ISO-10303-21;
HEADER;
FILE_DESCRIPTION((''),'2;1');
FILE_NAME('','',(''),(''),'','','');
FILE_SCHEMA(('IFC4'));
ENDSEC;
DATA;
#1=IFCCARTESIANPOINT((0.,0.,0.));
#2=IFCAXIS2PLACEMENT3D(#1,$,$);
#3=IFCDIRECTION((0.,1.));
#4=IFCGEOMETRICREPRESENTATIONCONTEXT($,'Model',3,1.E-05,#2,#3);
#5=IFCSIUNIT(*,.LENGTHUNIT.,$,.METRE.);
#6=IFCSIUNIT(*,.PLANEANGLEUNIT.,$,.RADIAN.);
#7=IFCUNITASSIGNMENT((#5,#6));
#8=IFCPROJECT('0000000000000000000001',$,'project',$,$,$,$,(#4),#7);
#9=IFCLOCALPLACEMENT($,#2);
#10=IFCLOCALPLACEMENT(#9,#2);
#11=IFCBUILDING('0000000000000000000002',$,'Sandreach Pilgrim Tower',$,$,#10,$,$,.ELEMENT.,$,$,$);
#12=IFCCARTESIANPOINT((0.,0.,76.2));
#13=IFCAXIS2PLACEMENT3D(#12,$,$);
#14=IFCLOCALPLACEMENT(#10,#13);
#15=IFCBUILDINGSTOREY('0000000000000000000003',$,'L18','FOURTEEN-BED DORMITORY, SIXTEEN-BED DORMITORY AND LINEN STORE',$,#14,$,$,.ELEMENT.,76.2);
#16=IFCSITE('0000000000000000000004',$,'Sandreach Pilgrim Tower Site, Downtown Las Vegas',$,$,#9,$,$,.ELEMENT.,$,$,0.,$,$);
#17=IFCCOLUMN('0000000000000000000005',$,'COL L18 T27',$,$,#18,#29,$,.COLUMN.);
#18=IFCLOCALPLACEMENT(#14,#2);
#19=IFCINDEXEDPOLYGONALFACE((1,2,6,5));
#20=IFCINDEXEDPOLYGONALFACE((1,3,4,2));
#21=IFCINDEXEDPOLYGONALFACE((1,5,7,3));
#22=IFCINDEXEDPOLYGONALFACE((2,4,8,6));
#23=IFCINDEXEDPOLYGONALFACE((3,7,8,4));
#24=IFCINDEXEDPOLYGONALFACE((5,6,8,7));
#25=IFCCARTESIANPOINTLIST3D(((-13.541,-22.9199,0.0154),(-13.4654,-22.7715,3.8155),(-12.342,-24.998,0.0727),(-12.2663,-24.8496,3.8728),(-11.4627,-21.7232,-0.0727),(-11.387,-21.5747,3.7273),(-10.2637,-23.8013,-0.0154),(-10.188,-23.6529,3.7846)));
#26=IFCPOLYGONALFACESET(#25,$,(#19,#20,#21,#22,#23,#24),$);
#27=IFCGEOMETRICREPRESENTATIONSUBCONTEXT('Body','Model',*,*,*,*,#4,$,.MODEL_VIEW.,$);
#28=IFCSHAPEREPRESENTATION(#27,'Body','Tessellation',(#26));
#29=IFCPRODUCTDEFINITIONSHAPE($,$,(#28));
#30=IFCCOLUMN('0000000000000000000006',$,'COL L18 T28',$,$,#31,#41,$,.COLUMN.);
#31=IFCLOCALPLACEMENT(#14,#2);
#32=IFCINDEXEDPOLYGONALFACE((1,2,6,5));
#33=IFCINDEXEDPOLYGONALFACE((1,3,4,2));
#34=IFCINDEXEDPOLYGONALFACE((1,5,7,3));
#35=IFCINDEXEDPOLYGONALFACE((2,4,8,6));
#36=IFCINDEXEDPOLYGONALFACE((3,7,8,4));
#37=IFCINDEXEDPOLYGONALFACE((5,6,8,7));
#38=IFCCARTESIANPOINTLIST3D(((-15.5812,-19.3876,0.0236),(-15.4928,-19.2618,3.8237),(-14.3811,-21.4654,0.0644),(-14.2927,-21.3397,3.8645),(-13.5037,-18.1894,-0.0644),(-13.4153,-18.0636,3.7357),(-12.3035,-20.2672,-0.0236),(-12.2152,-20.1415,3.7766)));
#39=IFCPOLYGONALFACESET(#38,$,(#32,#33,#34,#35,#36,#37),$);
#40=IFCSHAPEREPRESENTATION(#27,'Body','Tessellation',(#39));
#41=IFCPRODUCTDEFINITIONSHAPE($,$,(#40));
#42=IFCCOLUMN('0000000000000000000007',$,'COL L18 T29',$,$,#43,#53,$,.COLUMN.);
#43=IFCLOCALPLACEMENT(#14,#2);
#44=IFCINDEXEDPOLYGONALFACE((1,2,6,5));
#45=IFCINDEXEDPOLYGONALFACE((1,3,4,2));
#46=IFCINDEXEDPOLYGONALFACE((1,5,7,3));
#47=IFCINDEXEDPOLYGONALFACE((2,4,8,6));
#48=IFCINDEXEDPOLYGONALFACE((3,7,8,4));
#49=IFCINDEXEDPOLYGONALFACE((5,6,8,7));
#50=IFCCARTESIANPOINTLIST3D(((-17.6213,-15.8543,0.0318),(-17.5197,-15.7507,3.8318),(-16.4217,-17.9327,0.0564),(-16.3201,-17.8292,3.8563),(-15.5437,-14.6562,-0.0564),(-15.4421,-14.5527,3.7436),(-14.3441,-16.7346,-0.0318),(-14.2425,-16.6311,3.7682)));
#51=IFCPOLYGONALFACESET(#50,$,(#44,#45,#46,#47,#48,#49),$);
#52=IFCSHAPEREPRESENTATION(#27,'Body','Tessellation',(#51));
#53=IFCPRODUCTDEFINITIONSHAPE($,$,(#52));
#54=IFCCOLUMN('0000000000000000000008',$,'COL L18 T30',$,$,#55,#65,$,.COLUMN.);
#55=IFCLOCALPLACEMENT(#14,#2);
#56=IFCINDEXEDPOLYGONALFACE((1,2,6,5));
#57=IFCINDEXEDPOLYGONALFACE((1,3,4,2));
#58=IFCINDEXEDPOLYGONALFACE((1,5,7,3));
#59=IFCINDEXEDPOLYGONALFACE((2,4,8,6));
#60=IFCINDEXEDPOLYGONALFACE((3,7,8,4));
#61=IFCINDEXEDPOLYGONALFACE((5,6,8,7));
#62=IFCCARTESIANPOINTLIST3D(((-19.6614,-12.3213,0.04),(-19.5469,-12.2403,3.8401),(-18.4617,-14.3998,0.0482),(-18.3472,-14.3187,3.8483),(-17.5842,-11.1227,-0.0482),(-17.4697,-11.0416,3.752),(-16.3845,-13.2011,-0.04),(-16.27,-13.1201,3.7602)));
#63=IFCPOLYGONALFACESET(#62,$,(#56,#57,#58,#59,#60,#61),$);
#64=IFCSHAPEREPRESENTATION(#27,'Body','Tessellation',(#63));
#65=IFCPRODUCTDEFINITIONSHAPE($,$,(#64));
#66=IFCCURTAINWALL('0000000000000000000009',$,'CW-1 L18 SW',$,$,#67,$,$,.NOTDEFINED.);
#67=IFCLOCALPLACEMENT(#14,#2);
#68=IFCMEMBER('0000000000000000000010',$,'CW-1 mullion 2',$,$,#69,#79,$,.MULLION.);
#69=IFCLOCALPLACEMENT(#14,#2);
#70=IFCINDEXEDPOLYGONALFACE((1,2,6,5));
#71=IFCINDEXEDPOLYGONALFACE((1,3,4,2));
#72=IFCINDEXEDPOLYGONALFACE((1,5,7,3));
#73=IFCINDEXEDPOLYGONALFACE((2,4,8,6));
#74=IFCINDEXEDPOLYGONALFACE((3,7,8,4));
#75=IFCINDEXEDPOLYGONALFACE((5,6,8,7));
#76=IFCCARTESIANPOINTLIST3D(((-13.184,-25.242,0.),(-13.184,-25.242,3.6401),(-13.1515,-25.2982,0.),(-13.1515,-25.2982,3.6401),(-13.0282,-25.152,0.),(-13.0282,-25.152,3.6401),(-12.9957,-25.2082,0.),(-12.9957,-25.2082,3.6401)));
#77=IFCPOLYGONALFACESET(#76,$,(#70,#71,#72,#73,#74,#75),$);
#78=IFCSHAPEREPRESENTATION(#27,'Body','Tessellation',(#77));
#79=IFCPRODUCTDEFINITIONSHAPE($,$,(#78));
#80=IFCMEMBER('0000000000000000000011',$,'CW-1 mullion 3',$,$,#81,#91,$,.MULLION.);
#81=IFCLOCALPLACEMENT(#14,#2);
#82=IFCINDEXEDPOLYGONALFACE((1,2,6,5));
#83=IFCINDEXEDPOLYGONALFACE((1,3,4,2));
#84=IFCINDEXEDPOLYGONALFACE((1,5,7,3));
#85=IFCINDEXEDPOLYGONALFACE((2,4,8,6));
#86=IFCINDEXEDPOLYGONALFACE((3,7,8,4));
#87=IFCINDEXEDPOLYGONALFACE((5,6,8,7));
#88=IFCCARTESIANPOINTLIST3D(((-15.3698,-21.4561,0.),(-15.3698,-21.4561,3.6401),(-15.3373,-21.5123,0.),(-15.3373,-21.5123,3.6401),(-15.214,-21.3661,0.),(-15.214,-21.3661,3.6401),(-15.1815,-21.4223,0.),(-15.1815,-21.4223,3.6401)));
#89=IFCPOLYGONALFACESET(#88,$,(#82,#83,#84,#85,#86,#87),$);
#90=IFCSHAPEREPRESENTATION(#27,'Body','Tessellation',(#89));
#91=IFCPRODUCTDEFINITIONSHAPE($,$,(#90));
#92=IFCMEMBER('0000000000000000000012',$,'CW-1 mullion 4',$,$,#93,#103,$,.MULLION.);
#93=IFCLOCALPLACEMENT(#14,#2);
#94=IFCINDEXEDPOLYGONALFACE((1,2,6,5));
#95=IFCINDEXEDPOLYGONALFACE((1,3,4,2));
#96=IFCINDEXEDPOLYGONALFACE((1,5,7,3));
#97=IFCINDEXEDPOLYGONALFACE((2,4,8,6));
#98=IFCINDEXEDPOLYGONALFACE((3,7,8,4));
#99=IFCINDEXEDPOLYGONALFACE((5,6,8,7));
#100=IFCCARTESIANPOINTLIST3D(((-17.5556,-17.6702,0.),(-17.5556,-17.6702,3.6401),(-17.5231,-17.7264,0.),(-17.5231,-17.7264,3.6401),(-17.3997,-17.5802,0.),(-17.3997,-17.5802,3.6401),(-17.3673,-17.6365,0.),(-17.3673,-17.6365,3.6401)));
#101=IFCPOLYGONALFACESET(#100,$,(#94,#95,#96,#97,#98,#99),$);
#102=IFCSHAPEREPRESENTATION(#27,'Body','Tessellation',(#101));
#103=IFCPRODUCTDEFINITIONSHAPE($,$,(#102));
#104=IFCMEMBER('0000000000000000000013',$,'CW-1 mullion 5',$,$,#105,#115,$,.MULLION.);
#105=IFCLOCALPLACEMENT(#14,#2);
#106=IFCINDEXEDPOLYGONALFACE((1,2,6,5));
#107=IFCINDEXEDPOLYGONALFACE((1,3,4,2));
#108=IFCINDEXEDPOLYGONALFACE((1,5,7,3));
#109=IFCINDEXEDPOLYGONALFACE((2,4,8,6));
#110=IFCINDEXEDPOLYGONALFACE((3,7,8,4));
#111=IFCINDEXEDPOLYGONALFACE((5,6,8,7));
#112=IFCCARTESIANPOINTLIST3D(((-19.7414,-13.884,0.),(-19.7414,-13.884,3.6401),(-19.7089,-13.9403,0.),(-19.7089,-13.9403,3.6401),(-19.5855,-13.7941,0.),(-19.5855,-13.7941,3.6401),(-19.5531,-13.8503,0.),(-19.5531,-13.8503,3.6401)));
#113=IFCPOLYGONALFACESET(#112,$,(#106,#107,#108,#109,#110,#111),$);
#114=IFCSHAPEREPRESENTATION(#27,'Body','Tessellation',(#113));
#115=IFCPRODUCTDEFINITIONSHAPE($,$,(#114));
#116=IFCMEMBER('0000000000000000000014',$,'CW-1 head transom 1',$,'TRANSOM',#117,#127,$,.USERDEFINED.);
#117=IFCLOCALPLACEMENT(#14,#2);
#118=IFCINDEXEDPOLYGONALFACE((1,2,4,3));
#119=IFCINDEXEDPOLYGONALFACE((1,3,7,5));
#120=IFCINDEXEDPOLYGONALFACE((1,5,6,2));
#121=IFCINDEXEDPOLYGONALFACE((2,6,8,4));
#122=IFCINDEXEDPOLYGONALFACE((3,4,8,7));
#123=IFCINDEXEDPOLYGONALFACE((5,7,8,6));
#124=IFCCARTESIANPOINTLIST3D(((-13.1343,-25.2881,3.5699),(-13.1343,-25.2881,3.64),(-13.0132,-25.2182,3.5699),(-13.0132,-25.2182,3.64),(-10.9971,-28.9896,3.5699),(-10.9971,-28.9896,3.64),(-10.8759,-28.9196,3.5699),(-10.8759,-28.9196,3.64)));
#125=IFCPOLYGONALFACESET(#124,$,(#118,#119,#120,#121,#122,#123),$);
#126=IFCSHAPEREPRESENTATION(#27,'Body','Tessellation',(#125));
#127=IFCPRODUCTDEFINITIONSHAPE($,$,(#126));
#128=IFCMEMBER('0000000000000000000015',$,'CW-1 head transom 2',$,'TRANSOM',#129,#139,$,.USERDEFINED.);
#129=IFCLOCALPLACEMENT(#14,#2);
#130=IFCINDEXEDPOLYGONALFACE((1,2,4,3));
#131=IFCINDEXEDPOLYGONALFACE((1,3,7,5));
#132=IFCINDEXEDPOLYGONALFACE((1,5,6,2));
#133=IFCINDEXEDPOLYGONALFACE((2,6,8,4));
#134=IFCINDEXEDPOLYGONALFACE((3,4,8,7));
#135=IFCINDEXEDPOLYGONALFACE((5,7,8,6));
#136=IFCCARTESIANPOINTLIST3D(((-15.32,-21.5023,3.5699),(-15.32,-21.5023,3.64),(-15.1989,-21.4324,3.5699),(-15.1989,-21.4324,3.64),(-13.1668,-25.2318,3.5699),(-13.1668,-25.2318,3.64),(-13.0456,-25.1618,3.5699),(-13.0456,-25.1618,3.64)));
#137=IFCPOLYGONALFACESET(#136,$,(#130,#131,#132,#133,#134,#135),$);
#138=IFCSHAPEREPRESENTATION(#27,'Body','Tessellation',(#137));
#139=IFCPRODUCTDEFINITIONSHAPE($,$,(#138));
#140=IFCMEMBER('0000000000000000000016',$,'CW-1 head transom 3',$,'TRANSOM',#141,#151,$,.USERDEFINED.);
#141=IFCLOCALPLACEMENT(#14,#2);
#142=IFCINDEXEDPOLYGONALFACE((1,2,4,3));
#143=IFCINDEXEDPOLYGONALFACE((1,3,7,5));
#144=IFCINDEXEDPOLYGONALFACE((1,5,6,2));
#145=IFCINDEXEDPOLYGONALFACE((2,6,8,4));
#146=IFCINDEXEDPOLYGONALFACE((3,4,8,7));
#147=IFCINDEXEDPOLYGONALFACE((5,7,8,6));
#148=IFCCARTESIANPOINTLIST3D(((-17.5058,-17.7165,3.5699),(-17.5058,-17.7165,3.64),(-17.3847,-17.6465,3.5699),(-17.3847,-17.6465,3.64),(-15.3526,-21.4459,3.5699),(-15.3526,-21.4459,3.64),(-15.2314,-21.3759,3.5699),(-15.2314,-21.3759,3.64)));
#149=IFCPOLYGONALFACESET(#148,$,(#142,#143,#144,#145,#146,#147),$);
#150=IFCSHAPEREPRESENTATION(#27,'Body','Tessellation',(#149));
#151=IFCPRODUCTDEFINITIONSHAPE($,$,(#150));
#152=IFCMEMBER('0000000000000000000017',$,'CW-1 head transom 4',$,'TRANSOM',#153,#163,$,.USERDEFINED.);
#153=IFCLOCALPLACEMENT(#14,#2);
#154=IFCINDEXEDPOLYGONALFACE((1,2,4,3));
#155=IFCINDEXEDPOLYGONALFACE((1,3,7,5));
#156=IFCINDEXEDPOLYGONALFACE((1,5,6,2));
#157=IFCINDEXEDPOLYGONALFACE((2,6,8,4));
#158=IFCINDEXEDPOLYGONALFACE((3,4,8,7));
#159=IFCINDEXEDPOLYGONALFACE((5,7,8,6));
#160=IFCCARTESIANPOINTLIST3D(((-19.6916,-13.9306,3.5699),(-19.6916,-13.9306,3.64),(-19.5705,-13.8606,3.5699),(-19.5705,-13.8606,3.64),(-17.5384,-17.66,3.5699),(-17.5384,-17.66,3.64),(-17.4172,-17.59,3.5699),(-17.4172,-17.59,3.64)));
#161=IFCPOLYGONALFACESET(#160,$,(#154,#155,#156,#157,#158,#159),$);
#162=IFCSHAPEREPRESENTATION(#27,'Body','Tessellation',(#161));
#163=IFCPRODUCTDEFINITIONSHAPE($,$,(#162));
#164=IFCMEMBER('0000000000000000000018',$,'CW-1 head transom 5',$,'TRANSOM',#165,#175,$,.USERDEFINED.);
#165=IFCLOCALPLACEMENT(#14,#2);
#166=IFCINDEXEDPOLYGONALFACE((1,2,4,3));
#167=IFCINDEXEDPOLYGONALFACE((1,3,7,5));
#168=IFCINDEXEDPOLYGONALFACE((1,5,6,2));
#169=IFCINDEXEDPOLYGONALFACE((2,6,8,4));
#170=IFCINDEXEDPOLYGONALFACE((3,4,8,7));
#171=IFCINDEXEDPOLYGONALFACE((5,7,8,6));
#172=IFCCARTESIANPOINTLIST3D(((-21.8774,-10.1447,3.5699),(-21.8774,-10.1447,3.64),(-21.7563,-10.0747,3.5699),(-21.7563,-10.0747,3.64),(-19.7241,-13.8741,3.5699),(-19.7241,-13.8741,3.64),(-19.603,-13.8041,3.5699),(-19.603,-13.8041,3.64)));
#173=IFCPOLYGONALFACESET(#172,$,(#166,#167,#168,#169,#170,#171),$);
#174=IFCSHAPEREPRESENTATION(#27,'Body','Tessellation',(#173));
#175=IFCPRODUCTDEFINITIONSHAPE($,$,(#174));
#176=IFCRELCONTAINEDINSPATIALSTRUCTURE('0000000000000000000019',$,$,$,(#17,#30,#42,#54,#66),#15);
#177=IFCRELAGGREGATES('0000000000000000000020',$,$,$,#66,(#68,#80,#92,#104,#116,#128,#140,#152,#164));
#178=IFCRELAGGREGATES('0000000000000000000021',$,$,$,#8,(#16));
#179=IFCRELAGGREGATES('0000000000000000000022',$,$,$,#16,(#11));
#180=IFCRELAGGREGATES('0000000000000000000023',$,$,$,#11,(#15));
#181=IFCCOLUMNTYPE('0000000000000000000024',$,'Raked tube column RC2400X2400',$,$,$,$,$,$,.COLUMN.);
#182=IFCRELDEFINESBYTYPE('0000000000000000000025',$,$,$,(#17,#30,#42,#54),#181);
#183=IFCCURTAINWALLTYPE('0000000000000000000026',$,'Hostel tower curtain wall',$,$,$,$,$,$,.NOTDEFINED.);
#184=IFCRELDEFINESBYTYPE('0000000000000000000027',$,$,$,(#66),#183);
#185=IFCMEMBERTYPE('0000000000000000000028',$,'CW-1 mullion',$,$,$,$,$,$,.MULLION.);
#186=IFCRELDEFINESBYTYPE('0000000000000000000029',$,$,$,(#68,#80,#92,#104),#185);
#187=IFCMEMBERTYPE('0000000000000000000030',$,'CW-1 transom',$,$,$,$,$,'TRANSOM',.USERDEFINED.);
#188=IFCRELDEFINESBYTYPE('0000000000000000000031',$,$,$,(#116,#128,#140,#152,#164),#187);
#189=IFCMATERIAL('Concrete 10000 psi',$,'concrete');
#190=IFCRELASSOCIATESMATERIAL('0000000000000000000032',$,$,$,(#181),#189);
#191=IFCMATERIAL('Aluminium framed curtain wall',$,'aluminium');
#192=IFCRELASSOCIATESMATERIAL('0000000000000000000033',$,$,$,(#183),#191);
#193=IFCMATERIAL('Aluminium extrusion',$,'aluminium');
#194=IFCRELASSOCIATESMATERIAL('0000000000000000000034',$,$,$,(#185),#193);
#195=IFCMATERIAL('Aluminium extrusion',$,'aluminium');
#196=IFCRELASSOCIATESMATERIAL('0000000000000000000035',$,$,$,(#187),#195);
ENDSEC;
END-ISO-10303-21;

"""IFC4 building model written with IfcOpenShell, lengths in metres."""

from ifc_helpers import new_model, si_unit, direction, frame, origin, origin_2d, place, context, subcontext, project, spatial, rectangle, extrude, material, material_profile, profile_set, type_object, element, aggregate, save


model = new_model("IFC4")

# Units and contexts
model_context = context("Model", 3, precision=1e-05, world=origin(), true_north=direction((0.0, 1.0)))
body_context = subcontext(model_context, "Body", "Model", "MODEL_VIEW")
ifc_project = project(units=[si_unit("LENGTHUNIT", "METRE"), si_unit("PLANEANGLEUNIT", "RADIAN")], contexts=[model_context])

# Site, building, storey
site_placement = place(None, origin())
site = spatial("IfcSite", under=ifc_project, at=site_placement, Name="Sandreach Pilgrim Tower Site, Downtown Las Vegas", CompositionType="ELEMENT", RefElevation=0.0)
building_placement = place(site_placement, origin())
building = spatial("IfcBuilding", under=site, at=building_placement, Name="Sandreach Pilgrim Tower", CompositionType="ELEMENT")
storey_placement = place(building_placement, frame((0.0, 0.0, 76.2)))
storey = spatial("IfcBuildingStorey", under=building, at=storey_placement, Name="L18", Description="FOURTEEN-BED DORMITORY, SIXTEEN-BED DORMITORY AND LINEN STORE", CompositionType="ELEMENT", Elevation=76.2)

# Columns
ifc_material_1 = material(Name="Concrete 10000 psi", Category="concrete")
ifc_material_profile_1 = material_profile(ifc_material_1, rectangle(XDim=2.3999, YDim=2.3999, at=origin_2d()), Name="RC2400X2400")
ifc_profile_set_1 = profile_set([ifc_material_profile_1], Name="Concrete 10000 psi")
column_type = type_object("IfcColumnType", Name="Raked tube column RC2400X2400", PredefinedType="COLUMN", material=ifc_profile_set_1)
column_1_placement = place(storey_placement, frame((-11.9023, -23.3606, 0.0), z_axis=(0.019897, 0.039025, 0.99904), x_axis=(-0.866022, -0.498655, 0.036727)))
element("IfcColumn", 1, at=column_1_placement, inside=storey, type_object=column_type, Name="COL L18 T27", PredefinedType="COLUMN", context=body_context, shape_type="SweptSolid", body=[
    extrude(rectangle(XDim=2.3999, YDim=2.3999, at=origin_2d()), origin(), (0.0, 0.0, 1.0), 3.8037),
])
column_2_placement = place(storey_placement, frame((-13.9424, -19.8274, 0.0), z_axis=(0.023238, 0.03306, 0.999183), x_axis=(-0.865663, -0.499283, 0.036653)))
element("IfcColumn", 2, at=column_2_placement, inside=storey, type_object=column_type, Name="COL L18 T28", PredefinedType="COLUMN", context=body_context, shape_type="SweptSolid", body=[
    extrude(rectangle(XDim=2.3999, YDim=2.3999, at=origin_2d()), origin(), (0.0, 0.0, 1.0), 3.8032),
])
for number, where, z_axis, x_axis, name in (
    (3, (-15.9827, -16.2944, 0.0), (0.026707, 0.027221, 0.999273), (-0.865695, -0.499221, 0.036736), "COL L18 T29"),
    (4, (-18.0229, -12.7612, 0.0), (0.030111, 0.021315, 0.999319), (-0.865558, -0.49946, 0.036734), "COL L18 T30"),
):
    element("IfcColumn", number, at=place(storey_placement, frame(where, z_axis=z_axis, x_axis=x_axis)), inside=storey, type_object=column_type, Name=name, PredefinedType="COLUMN", context=body_context, shape_type="SweptSolid", body=[
        extrude(rectangle(XDim=2.3999, YDim=2.3999, at=origin_2d()), origin(), (0.0, 0.0, 1.0), 3.8027),
    ])

# Curtain wall, members
ifc_material_2 = material(Name="Aluminium framed curtain wall", Category="aluminium")
curtain_wall_type = type_object("IfcCurtainWallType", Name="Hostel tower curtain wall", PredefinedType="NOTDEFINED", material=ifc_material_2)
curtain_wall_placement = place(storey_placement, origin())
curtain_wall = element("IfcCurtainWall", 5, at=curtain_wall_placement, inside=storey, type_object=curtain_wall_type, Name="CW-1 L18 SW", PredefinedType="NOTDEFINED")
ifc_material_3 = material(Name="Aluminium extrusion", Category="aluminium")
ifc_material_profile_2 = material_profile(ifc_material_3, rectangle(XDim=0.0649, YDim=0.1799, at=origin_2d()), Name="CW-1M 65X180")
ifc_profile_set_2 = profile_set([ifc_material_profile_2], Name="Aluminium extrusion")
member_type_1 = type_object("IfcMemberType", Name="CW-1 mullion", PredefinedType="MULLION", material=ifc_profile_set_2)
member_1_placement = place(storey_placement, frame((-13.0898, -25.2251, 0.0), z_axis=(0.0, 0.0, 1.0), x_axis=(-0.5, 0.866025, 0.0)))
member_1 = element("IfcMember", 6, at=member_1_placement, type_object=member_type_1, Name="CW-1 mullion 2", PredefinedType="MULLION", context=body_context, shape_type="SweptSolid", body=[
    extrude(rectangle(XDim=0.0649, YDim=0.1799, at=origin_2d()), origin(), (0.0, 0.0, 1.0), 3.6401),
])
member_2_placement = place(storey_placement, frame((-15.2756, -21.4392, 0.0), z_axis=(0.0, 0.0, 1.0), x_axis=(-0.5, 0.866025, 0.0)))
member_2 = element("IfcMember", 7, at=member_2_placement, type_object=member_type_1, Name="CW-1 mullion 3", PredefinedType="MULLION", context=body_context, shape_type="SweptSolid", body=[
    extrude(rectangle(XDim=0.0649, YDim=0.1799, at=origin_2d()), origin(), (0.0, 0.0, 1.0), 3.6401),
])
member_3_placement = place(storey_placement, frame((-17.4614, -17.6533, 0.0), z_axis=(0.0, 0.0, 1.0), x_axis=(-0.5, 0.866025, 0.0)))
member_3 = element("IfcMember", 8, at=member_3_placement, type_object=member_type_1, Name="CW-1 mullion 4", PredefinedType="MULLION", context=body_context, shape_type="SweptSolid", body=[
    extrude(rectangle(XDim=0.0649, YDim=0.1799, at=origin_2d()), origin(), (0.0, 0.0, 1.0), 3.6401),
])
member_4_placement = place(storey_placement, frame((-19.6472, -13.8672, 0.0), z_axis=(0.0, 0.0, 1.0), x_axis=(-0.5, 0.866025, 0.0)))
member_4 = element("IfcMember", 9, at=member_4_placement, type_object=member_type_1, Name="CW-1 mullion 5", PredefinedType="MULLION", context=body_context, shape_type="SweptSolid", body=[
    extrude(rectangle(XDim=0.0649, YDim=0.1799, at=origin_2d()), origin(), (0.0, 0.0, 1.0), 3.6401),
])
ifc_material_4 = material(Name="Aluminium extrusion", Category="aluminium")
ifc_material_profile_3 = material_profile(ifc_material_4, rectangle(XDim=0.1399, YDim=0.0701, at=origin_2d()), Name="CW-1T 140X70")
ifc_profile_set_3 = profile_set([ifc_material_profile_3], Name="Aluminium extrusion")
member_type_2 = type_object("IfcMemberType", Name="CW-1 transom", ElementType="TRANSOM", PredefinedType="USERDEFINED", material=ifc_profile_set_3)
member_5_placement = place(storey_placement, frame((-10.9365, -28.9546, 3.605), z_axis=(-0.500034, 0.866006, 0.0), x_axis=(-0.866006, -0.500034, 0.0)))
member_5 = element("IfcMember", 10, at=member_5_placement, type_object=member_type_2, Name="CW-1 head transom 1", ObjectType="TRANSOM", PredefinedType="USERDEFINED", context=body_context, shape_type="SweptSolid", body=[
    extrude(rectangle(XDim=0.1399, YDim=0.0701, at=origin_2d()), origin(), (0.0, 0.0, 1.0), 4.2742),
])
member_6_placement = place(storey_placement, frame((-13.1062, -25.1968, 3.605), z_axis=(-0.500017, 0.866016, 0.0), x_axis=(-0.866016, -0.500017, 0.0)))
member_6 = element("IfcMember", 11, at=member_6_placement, type_object=member_type_2, Name="CW-1 head transom 2", ObjectType="TRANSOM", PredefinedType="USERDEFINED", context=body_context, shape_type="SweptSolid", body=[
    extrude(rectangle(XDim=0.1399, YDim=0.0701, at=origin_2d()), origin(), (0.0, 0.0, 1.0), 4.3064),
])
member_7_placement = place(storey_placement, frame((-15.292, -21.4109, 3.605), z_axis=(-0.500017, 0.866016, 0.0), x_axis=(-0.866016, -0.500017, 0.0)))
member_7 = element("IfcMember", 12, at=member_7_placement, type_object=member_type_2, Name="CW-1 head transom 3", ObjectType="TRANSOM", PredefinedType="USERDEFINED", context=body_context, shape_type="SweptSolid", body=[
    extrude(rectangle(XDim=0.1399, YDim=0.0701, at=origin_2d()), origin(), (0.0, 0.0, 1.0), 4.3064),
])
member_8_placement = place(storey_placement, frame((-17.4778, -17.625, 3.605), z_axis=(-0.500017, 0.866016, 0.0), x_axis=(-0.866016, -0.500017, 0.0)))
member_8 = element("IfcMember", 13, at=member_8_placement, type_object=member_type_2, Name="CW-1 head transom 4", ObjectType="TRANSOM", PredefinedType="USERDEFINED", context=body_context, shape_type="SweptSolid", body=[
    extrude(rectangle(XDim=0.1399, YDim=0.0701, at=origin_2d()), origin(), (0.0, 0.0, 1.0), 4.3064),
])
member_9_placement = place(storey_placement, frame((-19.6636, -13.8391, 3.605), z_axis=(-0.500017, 0.866016, 0.0), x_axis=(-0.866016, -0.500017, 0.0)))
member_9 = element("IfcMember", 14, at=member_9_placement, type_object=member_type_2, Name="CW-1 head transom 5", ObjectType="TRANSOM", PredefinedType="USERDEFINED", context=body_context, shape_type="SweptSolid", body=[
    extrude(rectangle(XDim=0.1399, YDim=0.0701, at=origin_2d()), origin(), (0.0, 0.0, 1.0), 4.3064),
])

aggregate(curtain_wall, [member_1, member_2, member_3, member_4, member_5, member_6, member_7, member_8, member_9])

save(model, "model.ifc")
